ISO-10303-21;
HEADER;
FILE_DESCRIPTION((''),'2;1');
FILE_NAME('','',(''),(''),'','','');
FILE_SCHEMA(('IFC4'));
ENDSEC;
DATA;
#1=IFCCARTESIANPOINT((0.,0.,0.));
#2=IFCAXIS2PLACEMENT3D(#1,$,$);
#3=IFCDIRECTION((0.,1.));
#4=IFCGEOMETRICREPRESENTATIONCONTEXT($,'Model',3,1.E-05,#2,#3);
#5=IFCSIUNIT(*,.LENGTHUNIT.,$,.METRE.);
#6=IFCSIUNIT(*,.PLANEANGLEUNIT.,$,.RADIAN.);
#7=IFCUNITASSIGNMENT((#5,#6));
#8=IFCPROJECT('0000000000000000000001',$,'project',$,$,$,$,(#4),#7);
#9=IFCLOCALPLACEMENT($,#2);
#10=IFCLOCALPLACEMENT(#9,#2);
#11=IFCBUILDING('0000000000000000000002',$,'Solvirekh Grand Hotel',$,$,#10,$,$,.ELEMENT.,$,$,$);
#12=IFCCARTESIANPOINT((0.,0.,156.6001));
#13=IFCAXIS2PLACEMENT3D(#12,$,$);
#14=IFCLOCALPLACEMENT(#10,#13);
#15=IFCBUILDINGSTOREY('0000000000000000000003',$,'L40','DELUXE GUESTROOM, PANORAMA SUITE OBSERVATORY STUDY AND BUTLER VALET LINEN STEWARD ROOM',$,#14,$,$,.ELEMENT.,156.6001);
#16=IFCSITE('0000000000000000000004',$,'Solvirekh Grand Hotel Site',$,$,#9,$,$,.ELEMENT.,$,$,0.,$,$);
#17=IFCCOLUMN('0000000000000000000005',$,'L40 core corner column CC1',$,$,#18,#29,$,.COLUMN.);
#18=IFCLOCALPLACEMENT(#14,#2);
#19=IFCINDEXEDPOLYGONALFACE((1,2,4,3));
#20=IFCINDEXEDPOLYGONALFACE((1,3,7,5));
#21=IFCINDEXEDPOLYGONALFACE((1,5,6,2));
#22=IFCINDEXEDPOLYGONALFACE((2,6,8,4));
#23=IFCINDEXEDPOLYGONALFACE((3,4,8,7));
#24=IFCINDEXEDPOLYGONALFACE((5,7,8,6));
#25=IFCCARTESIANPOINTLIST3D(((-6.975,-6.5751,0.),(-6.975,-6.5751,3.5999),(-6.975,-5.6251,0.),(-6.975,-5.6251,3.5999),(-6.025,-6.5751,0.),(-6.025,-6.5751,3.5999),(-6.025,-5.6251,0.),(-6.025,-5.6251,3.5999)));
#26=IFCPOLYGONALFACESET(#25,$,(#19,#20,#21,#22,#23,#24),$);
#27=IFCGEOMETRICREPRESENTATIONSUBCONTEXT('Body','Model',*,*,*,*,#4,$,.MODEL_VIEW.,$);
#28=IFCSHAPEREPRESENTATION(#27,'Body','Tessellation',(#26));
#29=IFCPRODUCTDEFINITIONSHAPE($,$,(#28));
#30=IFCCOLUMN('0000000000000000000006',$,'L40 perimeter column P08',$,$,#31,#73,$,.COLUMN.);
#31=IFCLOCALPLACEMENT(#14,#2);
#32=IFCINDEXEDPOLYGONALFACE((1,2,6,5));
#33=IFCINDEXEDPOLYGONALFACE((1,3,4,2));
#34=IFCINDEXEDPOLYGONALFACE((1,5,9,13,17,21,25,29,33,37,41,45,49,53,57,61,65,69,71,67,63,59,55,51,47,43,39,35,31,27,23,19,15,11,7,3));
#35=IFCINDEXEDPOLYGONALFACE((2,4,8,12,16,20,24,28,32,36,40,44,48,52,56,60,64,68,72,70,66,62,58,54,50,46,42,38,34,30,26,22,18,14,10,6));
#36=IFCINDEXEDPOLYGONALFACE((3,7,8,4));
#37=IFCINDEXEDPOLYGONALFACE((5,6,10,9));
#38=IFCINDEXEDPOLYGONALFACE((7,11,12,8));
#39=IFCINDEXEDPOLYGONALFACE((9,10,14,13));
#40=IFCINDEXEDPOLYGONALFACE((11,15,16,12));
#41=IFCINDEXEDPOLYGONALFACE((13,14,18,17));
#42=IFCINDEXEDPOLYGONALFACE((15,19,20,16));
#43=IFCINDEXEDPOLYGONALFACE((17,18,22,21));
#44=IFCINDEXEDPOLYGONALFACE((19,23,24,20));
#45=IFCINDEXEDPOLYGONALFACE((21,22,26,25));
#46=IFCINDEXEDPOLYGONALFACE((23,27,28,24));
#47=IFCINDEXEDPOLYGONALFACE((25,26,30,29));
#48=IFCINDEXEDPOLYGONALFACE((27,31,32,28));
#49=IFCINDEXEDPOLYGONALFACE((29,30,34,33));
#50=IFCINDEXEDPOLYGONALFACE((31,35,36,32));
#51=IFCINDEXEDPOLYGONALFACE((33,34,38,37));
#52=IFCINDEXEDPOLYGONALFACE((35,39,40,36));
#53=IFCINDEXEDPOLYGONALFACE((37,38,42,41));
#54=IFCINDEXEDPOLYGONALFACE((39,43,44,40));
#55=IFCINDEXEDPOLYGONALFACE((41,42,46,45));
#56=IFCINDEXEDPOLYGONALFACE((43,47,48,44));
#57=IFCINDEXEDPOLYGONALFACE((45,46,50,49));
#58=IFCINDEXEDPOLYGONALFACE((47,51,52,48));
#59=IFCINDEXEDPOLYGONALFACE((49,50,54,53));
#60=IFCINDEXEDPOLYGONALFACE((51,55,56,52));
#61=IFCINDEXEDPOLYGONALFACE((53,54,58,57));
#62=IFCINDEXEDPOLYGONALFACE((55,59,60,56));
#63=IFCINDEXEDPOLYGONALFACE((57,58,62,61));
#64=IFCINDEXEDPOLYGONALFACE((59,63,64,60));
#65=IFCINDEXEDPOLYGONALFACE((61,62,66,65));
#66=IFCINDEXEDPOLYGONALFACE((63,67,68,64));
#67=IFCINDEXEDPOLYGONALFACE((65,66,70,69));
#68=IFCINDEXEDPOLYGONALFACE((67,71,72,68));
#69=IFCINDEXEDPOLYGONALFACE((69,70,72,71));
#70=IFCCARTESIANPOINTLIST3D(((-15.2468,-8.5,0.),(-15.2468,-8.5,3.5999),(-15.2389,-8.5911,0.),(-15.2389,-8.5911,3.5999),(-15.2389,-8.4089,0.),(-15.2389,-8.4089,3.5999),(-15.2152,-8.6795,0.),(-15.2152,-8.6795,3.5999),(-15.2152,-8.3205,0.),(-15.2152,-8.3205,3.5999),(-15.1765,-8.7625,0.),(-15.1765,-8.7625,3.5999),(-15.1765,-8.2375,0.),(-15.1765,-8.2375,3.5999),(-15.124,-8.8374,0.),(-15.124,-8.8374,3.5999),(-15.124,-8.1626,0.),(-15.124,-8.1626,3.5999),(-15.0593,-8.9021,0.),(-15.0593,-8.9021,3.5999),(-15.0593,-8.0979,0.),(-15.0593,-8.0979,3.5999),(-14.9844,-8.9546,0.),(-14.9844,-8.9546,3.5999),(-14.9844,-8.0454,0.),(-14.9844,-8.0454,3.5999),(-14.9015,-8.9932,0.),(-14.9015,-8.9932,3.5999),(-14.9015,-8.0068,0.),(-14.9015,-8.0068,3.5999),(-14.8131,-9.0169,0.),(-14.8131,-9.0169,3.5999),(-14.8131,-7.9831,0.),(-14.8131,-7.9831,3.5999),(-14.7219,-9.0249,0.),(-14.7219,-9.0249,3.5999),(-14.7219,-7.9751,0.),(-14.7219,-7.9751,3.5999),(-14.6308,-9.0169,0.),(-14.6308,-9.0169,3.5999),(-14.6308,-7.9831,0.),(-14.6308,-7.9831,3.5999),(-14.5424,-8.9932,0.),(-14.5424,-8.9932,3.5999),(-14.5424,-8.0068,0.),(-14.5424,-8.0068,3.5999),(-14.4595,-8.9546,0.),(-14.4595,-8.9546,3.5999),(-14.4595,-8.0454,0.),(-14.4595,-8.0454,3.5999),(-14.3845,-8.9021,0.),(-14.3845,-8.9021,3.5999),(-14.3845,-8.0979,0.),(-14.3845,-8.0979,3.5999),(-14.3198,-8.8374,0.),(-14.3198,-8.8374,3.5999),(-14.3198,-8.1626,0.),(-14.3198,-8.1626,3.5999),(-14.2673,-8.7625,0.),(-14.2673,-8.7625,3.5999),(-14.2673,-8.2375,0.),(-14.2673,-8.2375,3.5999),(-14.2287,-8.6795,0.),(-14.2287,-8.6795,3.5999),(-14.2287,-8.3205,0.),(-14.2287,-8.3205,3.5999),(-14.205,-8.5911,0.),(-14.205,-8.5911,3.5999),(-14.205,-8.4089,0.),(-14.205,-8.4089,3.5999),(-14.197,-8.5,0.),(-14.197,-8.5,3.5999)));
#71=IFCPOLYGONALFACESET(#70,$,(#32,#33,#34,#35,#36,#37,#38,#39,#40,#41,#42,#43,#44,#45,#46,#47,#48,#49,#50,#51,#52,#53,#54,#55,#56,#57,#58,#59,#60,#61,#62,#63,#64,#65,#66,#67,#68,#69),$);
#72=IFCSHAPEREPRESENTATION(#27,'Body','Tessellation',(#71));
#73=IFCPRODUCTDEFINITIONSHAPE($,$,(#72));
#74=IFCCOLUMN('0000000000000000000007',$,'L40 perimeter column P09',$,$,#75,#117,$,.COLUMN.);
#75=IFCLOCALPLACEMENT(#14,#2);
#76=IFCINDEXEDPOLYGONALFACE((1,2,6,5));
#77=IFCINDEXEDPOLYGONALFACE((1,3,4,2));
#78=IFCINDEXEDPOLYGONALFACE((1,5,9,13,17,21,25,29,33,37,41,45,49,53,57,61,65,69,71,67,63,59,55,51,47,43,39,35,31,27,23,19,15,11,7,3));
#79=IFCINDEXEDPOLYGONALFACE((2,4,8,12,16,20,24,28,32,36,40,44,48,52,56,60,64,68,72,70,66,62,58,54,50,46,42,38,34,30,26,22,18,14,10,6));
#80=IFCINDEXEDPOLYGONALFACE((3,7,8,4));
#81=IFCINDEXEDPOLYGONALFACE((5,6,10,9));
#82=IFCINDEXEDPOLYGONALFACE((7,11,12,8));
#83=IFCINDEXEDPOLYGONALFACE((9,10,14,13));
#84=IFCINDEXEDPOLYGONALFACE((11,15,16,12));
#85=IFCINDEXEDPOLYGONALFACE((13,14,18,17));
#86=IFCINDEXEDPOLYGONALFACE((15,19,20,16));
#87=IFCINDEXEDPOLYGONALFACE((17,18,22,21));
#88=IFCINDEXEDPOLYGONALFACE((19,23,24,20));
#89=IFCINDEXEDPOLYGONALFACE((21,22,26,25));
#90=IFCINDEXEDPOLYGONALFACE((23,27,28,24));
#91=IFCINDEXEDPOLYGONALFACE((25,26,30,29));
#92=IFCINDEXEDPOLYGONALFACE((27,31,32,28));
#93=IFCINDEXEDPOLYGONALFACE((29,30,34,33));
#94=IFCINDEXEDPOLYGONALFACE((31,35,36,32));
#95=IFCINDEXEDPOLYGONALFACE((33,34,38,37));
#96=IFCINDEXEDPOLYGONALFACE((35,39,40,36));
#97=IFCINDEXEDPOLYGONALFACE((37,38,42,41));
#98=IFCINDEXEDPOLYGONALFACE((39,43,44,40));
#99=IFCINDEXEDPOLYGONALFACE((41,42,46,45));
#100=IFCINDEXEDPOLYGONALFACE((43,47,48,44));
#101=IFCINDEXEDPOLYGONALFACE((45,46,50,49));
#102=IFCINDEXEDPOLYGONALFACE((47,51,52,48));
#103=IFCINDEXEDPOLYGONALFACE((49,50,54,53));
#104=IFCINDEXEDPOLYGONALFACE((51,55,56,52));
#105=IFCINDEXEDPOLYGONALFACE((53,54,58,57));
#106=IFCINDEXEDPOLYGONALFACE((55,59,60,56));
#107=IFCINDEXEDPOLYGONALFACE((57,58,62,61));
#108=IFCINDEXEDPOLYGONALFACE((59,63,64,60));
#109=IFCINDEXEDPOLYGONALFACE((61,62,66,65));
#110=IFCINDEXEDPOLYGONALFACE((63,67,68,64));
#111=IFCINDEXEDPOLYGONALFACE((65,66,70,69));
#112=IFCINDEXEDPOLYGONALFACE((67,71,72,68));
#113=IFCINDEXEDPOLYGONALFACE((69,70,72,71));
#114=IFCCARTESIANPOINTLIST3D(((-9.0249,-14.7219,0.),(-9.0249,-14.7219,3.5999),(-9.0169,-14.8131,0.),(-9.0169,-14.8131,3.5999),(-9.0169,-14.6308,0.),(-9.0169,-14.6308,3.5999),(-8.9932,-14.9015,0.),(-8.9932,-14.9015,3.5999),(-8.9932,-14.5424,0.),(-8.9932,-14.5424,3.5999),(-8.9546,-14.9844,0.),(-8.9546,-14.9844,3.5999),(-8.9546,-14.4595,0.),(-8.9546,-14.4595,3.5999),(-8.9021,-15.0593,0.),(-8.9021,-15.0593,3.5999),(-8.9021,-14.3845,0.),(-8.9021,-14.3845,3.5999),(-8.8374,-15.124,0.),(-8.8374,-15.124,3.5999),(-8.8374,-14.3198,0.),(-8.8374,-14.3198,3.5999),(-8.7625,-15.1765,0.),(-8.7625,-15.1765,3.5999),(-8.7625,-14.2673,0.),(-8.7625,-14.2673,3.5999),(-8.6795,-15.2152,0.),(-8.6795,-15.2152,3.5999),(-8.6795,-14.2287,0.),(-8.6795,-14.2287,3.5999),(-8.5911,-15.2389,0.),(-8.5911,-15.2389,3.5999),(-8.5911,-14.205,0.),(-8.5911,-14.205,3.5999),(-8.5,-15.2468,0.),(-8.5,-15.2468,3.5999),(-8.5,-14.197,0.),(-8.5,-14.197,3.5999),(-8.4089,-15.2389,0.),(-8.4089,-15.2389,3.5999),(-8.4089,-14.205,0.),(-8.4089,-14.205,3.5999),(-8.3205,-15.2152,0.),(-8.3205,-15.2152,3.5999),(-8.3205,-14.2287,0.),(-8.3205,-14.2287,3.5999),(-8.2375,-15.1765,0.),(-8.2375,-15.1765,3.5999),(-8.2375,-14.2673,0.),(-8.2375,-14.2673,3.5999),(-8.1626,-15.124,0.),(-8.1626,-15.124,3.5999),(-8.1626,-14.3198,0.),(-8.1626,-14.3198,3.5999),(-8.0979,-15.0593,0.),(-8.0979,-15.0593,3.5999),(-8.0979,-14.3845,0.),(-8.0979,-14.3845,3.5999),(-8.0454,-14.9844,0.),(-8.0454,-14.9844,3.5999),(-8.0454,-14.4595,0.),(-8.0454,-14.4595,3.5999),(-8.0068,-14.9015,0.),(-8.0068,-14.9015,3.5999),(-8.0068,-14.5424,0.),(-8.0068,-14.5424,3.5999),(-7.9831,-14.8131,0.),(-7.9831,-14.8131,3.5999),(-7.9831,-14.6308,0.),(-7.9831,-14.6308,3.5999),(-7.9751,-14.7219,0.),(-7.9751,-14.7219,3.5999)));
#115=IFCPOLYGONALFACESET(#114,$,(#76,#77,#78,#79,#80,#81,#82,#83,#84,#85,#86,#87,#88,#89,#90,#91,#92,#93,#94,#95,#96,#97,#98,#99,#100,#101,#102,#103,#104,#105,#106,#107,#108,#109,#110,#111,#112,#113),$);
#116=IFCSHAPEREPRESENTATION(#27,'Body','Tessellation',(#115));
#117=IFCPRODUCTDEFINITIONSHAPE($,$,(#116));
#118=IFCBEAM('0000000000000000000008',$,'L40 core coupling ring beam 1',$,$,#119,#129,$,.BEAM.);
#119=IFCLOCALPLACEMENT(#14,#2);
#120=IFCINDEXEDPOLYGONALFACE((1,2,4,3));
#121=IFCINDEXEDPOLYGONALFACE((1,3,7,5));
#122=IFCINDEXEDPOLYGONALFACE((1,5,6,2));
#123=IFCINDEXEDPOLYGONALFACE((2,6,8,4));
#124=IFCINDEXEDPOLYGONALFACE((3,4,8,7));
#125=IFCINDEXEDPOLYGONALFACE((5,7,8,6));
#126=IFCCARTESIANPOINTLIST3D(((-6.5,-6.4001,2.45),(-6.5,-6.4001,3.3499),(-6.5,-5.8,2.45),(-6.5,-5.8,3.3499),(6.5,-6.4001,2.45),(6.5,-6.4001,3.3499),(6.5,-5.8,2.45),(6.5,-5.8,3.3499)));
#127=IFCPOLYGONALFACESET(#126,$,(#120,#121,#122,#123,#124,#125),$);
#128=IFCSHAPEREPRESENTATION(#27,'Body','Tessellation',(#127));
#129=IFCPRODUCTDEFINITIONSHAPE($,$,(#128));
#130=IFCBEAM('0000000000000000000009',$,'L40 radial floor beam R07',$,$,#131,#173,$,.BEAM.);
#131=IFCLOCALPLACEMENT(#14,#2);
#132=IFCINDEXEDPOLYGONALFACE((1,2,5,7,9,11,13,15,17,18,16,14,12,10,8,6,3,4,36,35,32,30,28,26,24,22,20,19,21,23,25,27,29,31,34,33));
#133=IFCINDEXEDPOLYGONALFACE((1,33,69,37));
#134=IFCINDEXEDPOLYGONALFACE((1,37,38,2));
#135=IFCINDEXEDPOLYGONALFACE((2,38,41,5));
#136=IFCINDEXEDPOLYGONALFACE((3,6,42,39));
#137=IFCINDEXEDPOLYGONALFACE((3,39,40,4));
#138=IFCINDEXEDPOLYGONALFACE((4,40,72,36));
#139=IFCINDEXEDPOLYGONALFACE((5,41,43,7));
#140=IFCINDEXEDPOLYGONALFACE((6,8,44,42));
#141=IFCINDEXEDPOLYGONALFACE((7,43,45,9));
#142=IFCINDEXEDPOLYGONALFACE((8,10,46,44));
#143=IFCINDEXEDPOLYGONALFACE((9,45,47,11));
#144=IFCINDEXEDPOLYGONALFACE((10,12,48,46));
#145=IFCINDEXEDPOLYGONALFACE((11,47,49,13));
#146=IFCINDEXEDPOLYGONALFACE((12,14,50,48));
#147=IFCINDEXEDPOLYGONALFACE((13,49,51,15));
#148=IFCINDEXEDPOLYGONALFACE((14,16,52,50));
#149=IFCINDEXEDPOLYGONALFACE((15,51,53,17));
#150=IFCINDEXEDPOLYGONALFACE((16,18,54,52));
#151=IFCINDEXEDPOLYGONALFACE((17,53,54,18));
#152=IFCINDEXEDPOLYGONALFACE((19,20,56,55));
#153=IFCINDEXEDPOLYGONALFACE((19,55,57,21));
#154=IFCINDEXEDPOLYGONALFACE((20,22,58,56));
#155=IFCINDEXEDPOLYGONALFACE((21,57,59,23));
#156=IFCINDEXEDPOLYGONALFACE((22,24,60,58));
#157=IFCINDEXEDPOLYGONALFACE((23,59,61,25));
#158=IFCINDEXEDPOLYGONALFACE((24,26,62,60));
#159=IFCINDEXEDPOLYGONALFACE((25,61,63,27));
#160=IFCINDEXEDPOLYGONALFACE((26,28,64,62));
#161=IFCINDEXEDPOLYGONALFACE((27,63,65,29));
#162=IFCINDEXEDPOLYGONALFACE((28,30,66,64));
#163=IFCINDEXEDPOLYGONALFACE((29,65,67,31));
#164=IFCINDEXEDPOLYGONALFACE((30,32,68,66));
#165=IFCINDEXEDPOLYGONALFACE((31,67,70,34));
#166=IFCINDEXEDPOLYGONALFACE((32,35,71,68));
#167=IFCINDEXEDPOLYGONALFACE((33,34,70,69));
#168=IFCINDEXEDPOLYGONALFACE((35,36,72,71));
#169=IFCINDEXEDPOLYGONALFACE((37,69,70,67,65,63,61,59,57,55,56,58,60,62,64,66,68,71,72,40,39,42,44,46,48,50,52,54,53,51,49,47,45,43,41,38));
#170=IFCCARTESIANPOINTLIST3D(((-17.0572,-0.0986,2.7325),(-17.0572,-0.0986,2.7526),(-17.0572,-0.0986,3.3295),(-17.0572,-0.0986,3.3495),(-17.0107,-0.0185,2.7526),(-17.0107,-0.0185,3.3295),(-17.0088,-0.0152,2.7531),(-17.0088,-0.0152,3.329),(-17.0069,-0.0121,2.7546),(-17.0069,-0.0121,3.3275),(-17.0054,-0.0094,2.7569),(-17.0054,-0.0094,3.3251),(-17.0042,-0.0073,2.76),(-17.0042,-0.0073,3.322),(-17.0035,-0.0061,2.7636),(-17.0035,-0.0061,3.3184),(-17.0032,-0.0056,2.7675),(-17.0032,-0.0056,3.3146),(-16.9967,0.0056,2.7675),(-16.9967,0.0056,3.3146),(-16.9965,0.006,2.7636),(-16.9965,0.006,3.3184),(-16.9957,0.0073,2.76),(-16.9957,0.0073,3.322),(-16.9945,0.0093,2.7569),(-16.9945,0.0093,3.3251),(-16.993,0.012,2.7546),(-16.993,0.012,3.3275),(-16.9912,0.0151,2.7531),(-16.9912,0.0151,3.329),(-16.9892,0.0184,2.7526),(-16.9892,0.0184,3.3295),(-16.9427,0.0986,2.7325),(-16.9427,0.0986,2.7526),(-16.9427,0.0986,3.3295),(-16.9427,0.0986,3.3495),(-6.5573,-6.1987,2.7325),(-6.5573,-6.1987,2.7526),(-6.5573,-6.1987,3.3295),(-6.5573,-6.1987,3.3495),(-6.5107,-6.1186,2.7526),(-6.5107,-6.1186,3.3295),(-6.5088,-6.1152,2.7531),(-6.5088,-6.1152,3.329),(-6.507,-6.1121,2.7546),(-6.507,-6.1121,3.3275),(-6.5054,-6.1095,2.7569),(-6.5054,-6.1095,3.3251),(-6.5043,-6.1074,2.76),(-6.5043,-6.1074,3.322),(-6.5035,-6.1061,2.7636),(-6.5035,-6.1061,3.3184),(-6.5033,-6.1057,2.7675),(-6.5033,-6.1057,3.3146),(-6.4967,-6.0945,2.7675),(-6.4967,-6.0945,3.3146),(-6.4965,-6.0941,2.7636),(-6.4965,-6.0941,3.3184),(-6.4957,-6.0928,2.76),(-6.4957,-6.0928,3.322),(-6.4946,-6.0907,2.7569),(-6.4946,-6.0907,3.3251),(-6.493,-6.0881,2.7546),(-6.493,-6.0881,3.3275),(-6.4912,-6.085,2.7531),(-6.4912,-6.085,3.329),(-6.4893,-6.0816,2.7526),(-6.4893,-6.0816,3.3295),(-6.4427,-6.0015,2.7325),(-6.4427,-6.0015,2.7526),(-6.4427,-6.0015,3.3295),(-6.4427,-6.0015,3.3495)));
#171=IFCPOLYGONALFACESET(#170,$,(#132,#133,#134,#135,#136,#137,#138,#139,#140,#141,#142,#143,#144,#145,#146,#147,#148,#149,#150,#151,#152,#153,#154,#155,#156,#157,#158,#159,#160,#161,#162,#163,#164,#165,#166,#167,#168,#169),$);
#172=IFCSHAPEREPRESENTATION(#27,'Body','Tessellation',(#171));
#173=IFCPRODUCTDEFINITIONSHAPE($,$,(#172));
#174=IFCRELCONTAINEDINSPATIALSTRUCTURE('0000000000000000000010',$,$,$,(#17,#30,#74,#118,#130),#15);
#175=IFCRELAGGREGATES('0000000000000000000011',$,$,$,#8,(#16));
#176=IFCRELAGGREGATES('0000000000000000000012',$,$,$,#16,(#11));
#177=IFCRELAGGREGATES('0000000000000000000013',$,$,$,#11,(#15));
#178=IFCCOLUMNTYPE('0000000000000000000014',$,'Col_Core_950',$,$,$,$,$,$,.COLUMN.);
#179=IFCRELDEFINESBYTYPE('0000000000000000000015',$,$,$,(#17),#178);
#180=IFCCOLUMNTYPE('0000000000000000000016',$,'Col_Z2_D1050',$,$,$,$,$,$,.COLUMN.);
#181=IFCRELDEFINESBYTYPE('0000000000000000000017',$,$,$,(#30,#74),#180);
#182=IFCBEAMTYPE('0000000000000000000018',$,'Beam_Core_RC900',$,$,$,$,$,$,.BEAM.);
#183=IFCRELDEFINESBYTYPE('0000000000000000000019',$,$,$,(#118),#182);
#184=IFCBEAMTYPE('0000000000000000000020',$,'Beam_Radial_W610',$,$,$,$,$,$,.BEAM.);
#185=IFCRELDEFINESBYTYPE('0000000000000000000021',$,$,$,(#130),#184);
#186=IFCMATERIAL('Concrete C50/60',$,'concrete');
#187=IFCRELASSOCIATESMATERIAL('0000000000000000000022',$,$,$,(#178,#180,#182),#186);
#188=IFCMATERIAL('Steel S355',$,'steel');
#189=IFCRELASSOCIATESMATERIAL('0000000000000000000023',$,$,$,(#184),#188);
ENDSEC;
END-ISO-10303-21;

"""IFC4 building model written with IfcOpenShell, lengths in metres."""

from ifc_helpers import new_model, si_unit, direction, frame, origin, origin_2d, place, context, subcontext, project, spatial, rectangle, circle, i_section, extrude, material, material_profile, profile_set, type_object, element, save


model = new_model("IFC4")

# Units and contexts
model_context = context("Model", 3, precision=1e-05, world=origin(), true_north=direction((0.0, 1.0)))
body_context = subcontext(model_context, "Body", "Model", "MODEL_VIEW")
ifc_project = project(units=[si_unit("LENGTHUNIT", "METRE"), si_unit("PLANEANGLEUNIT", "RADIAN")], contexts=[model_context])

# Site, building, storey
site_placement = place(None, origin())
site = spatial("IfcSite", under=ifc_project, at=site_placement, Name="Solvirekh Grand Hotel Site", CompositionType="ELEMENT", RefElevation=0.0)
building_placement = place(site_placement, origin())
building = spatial("IfcBuilding", under=site, at=building_placement, Name="Solvirekh Grand Hotel", CompositionType="ELEMENT")
storey_placement = place(building_placement, frame((0.0, 0.0, 156.6001)))
storey = spatial("IfcBuildingStorey", under=building, at=storey_placement, Name="L40", Description="DELUXE GUESTROOM, PANORAMA SUITE OBSERVATORY STUDY AND BUTLER VALET LINEN STEWARD ROOM", CompositionType="ELEMENT", Elevation=156.6001)

# Columns
ifc_material_1 = material(Name="Concrete C50/60", Category="concrete")
ifc_material_profile_1 = material_profile(ifc_material_1, rectangle(XDim=0.95, YDim=0.95, at=origin_2d()), Name="RC 950X950")
ifc_profile_set_1 = profile_set([ifc_material_profile_1], Name="Concrete C50/60")
column_type_1 = type_object("IfcColumnType", Name="Col_Core_950", PredefinedType="COLUMN", material=ifc_profile_set_1)
column_placement = place(storey_placement, frame((-6.5, -6.1001, 0.0), z_axis=(0.0, 0.0, 1.0), x_axis=(1.0, 0.0, 0.0)))
element("IfcColumn", 1, at=column_placement, inside=storey, type_object=column_type_1, Name="L40 core corner column CC1", PredefinedType="COLUMN", context=body_context, shape_type="SweptSolid", body=[
    extrude(rectangle(XDim=0.95, YDim=0.95, at=origin_2d()), origin(), (0.0, 0.0, 1.0), 3.5999),
])
ifc_material_profile_2 = material_profile(ifc_material_1, circle(Radius=0.5249, at=origin_2d()), Name="RC CIRC D1050")
ifc_profile_set_2 = profile_set([ifc_material_profile_2], Name="Concrete C50/60")
column_type_2 = type_object("IfcColumnType", Name="Col_Z2_D1050", PredefinedType="COLUMN", material=ifc_profile_set_2)
for number, where, z_axis, x_axis, name in (
    (2, (-14.7219, -8.5, 0.0), (0.0, 0.0, 1.0), (1.0, 0.0, 0.0), "L40 perimeter column P08"),
    (3, (-8.5, -14.7219, 0.0), (0.0, 0.0, 1.0), (1.0, 0.0, 0.0), "L40 perimeter column P09"),
):
    element("IfcColumn", number, at=place(storey_placement, frame(where, z_axis=z_axis, x_axis=x_axis)), inside=storey, type_object=column_type_2, Name=name, PredefinedType="COLUMN", context=body_context, shape_type="SweptSolid", body=[
        extrude(circle(Radius=0.5249, at=origin_2d()), origin(), (0.0, 0.0, 1.0), 3.5999),
    ])

# Beams
ifc_material_profile_3 = material_profile(ifc_material_1, rectangle(XDim=0.6001, YDim=0.8999, at=origin_2d()), Name="RC BEAM 600X900")
ifc_profile_set_3 = profile_set([ifc_material_profile_3], Name="Concrete C50/60")
beam_type_1 = type_object("IfcBeamType", Name="Beam_Core_RC900", PredefinedType="BEAM", material=ifc_profile_set_3)
beam_1_placement = place(storey_placement, frame((-6.5, -6.1001, 2.8999), z_axis=(1.0, 0.0, 0.0), x_axis=(0.0, 1.0, 0.0)))
element("IfcBeam", 4, at=beam_1_placement, inside=storey, type_object=beam_type_1, Name="L40 core coupling ring beam 1", PredefinedType="BEAM", context=body_context, shape_type="SweptSolid", body=[
    extrude(rectangle(XDim=0.6001, YDim=0.8999, at=origin_2d()), origin(), (0.0, 0.0, 1.0), 13.0),
])
ifc_material_2 = material(Name="Steel S355", Category="steel")
ifc_material_profile_4 = material_profile(ifc_material_2, i_section(OverallWidth=0.228, OverallDepth=0.6169, WebThickness=0.0129, FlangeThickness=0.02, FilletRadius=0.0149, at=origin_2d()), Name="W610X140")
ifc_profile_set_4 = profile_set([ifc_material_profile_4], Name="Steel S355")
beam_type_2 = type_object("IfcBeamType", Name="Beam_Radial_W610", PredefinedType="BEAM", material=ifc_profile_set_4)
beam_2_placement = place(storey_placement, frame((-6.5, -6.1001, 3.041), z_axis=(-0.86467, 0.50234, 0.0), x_axis=(-0.50234, -0.86467, 0.0)))
element("IfcBeam", 5, at=beam_2_placement, inside=storey, type_object=beam_type_2, Name="L40 radial floor beam R07", PredefinedType="BEAM", context=body_context, shape_type="SweptSolid", body=[
    extrude(i_section(OverallWidth=0.228, OverallDepth=0.6169, WebThickness=0.0129, FlangeThickness=0.02, FilletRadius=0.0149, at=origin_2d()), origin(), (0.0, 0.0, 1.0), 12.1433),
])

save(model, "model.ifc")
